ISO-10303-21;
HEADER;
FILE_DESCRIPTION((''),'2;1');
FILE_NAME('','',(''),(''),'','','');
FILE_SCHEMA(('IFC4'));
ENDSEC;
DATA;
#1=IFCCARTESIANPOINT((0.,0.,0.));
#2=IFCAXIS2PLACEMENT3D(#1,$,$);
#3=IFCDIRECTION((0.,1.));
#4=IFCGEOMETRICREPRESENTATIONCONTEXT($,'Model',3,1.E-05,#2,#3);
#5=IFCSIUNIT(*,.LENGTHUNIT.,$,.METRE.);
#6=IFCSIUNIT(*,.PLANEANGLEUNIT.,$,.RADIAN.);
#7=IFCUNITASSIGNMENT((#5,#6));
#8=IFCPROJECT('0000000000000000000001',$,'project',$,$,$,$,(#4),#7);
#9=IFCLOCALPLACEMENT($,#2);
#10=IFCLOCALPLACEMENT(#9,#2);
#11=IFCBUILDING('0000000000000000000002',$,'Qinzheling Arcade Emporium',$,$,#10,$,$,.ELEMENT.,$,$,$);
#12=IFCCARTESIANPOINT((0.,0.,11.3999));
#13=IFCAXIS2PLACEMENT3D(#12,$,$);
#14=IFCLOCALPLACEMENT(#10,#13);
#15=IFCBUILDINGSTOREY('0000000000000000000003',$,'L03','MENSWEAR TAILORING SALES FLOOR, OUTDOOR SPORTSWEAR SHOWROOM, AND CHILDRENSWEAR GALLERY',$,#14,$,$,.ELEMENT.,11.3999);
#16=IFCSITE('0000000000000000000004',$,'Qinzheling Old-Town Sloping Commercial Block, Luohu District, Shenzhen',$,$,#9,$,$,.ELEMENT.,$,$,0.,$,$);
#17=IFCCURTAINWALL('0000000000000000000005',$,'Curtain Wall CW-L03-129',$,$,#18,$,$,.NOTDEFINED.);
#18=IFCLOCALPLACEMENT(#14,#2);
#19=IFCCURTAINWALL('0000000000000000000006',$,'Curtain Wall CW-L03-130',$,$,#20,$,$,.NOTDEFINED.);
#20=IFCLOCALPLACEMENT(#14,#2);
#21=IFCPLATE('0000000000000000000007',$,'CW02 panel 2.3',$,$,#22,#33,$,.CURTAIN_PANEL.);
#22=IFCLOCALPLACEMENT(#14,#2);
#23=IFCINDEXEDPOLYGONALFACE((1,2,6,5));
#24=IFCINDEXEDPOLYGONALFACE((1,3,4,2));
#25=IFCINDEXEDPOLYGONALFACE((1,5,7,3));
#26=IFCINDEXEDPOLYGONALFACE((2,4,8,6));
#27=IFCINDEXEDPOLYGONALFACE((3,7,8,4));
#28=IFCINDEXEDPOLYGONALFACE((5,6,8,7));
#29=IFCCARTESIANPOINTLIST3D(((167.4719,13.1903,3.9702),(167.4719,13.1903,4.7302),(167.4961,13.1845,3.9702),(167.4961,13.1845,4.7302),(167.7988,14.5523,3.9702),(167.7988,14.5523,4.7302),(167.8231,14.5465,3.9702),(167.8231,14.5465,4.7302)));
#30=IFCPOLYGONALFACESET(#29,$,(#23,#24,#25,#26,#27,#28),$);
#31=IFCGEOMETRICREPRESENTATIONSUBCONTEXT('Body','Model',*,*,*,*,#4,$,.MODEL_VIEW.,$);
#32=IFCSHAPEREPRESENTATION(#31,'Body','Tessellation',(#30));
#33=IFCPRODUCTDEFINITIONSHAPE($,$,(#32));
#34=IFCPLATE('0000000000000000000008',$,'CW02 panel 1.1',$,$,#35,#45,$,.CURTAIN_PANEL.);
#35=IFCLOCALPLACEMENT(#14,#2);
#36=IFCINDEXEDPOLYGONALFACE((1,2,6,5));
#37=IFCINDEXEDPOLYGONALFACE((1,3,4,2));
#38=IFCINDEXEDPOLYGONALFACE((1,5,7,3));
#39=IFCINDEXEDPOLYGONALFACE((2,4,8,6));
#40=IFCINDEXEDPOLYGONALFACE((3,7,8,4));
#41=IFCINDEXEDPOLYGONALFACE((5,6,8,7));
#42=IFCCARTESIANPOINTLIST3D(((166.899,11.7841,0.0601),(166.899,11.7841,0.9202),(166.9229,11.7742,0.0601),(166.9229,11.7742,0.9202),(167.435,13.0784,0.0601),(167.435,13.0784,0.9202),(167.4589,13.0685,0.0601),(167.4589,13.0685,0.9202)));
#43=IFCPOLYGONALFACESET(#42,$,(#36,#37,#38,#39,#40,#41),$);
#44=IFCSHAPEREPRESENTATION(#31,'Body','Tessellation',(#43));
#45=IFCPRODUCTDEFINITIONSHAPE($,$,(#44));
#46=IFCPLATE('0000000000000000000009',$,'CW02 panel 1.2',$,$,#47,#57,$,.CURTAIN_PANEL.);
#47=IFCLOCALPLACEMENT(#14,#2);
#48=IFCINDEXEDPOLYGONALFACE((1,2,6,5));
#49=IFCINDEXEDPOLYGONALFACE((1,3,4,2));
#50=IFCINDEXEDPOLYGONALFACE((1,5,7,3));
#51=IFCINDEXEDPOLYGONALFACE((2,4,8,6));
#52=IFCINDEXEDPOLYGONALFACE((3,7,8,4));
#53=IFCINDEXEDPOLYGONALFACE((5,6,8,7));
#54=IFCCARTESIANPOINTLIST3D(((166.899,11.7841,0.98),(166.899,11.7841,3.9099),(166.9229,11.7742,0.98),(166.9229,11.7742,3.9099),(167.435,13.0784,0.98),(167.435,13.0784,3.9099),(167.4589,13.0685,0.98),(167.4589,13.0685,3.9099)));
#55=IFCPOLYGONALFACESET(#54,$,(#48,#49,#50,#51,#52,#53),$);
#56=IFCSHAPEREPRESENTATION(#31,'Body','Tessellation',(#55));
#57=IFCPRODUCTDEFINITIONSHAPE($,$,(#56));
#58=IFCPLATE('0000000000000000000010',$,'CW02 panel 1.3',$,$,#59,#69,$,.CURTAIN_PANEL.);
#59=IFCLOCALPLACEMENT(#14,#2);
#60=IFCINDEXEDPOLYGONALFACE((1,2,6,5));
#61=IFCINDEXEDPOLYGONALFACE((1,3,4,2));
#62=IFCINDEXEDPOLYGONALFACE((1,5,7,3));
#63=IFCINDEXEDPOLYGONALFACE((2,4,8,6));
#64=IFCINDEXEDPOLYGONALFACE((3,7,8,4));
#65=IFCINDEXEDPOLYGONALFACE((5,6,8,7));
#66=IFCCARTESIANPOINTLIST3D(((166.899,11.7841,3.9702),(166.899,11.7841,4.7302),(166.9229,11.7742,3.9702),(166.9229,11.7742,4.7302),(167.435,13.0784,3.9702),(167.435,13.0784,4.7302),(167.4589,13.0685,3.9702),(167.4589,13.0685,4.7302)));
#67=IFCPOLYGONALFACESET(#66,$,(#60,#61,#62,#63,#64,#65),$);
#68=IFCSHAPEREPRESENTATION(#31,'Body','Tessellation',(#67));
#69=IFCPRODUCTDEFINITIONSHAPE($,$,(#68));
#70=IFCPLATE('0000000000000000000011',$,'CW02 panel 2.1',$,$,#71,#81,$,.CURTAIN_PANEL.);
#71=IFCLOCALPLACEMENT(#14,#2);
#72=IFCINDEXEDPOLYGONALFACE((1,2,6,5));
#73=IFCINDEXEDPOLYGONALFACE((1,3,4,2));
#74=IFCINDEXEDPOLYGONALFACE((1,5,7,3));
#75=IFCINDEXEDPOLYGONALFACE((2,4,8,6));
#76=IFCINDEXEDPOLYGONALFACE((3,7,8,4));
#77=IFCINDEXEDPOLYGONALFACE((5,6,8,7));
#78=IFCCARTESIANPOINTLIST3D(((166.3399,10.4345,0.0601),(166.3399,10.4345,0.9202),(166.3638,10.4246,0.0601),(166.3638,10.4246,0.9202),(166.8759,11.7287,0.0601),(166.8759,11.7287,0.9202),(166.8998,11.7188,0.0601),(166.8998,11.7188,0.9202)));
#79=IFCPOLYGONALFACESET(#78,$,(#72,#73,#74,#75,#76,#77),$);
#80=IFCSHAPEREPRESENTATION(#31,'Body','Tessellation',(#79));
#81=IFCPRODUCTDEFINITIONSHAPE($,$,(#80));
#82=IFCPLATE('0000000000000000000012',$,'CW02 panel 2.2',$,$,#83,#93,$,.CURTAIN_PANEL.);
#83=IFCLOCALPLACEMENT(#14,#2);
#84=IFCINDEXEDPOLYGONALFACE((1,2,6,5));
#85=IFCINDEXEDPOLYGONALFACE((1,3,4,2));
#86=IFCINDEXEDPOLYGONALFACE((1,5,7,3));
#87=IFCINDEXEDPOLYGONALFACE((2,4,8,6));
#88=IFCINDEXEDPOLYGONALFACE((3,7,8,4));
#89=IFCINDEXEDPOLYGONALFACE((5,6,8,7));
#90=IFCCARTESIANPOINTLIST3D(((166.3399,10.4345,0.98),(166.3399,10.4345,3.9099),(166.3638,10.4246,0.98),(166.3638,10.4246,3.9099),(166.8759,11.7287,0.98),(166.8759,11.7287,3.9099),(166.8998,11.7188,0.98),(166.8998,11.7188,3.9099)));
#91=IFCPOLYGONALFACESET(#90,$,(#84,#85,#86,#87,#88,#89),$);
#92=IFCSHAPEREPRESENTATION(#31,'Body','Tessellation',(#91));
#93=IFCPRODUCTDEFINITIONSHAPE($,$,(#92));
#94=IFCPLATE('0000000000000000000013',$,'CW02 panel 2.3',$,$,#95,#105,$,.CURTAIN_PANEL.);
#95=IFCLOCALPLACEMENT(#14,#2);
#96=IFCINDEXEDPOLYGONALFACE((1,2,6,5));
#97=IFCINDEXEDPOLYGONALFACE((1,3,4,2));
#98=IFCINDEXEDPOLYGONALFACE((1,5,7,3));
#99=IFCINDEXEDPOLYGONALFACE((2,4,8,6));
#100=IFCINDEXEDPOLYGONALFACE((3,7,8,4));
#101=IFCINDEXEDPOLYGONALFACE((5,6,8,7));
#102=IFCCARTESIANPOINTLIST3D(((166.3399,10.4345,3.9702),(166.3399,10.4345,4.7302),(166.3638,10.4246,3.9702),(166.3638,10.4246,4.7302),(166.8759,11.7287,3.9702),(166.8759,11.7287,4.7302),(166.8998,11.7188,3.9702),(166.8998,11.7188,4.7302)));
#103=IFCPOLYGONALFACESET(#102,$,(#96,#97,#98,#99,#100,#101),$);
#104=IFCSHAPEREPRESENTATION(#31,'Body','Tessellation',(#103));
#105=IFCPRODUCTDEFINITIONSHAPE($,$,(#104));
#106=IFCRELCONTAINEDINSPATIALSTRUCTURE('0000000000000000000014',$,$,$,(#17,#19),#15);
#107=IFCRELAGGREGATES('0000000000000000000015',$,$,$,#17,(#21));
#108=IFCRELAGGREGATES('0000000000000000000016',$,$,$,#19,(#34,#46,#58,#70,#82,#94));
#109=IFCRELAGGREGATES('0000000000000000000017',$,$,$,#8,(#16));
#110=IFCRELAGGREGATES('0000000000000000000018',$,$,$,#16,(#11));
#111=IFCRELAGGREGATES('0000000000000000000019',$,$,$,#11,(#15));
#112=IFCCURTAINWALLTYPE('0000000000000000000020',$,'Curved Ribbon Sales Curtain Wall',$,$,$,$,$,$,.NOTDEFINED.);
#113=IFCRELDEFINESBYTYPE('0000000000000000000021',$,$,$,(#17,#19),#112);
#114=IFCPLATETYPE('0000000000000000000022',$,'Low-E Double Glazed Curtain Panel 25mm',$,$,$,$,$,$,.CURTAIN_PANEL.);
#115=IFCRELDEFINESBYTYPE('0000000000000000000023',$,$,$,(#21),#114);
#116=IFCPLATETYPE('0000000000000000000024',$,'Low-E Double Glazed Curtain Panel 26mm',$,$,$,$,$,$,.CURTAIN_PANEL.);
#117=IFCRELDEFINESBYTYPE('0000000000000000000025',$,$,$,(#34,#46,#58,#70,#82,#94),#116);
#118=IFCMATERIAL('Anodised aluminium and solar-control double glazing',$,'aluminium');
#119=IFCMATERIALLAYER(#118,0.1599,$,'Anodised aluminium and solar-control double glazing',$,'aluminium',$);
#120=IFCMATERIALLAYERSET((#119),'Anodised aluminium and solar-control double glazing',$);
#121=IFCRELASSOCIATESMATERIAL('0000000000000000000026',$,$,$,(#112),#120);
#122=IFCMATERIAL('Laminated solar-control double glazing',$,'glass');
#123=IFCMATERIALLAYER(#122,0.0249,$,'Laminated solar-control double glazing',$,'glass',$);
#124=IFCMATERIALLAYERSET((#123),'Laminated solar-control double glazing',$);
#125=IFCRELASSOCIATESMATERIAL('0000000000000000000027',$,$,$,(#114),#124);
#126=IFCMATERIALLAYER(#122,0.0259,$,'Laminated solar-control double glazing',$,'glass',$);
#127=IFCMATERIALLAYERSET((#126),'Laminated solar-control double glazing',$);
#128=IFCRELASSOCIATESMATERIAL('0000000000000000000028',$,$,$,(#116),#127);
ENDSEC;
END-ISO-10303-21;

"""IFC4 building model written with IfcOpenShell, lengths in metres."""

from ifc_helpers import new_model, si_unit, direction, frame, origin, origin_2d, place, context, subcontext, project, spatial, rectangle, extrude, material, layer, layer_set, type_object, element, aggregate, save


model = new_model("IFC4")

# Units and contexts
model_context = context("Model", 3, precision=1e-05, world=origin(), true_north=direction((0.0, 1.0)))
body_context = subcontext(model_context, "Body", "Model", "MODEL_VIEW")
ifc_project = project(units=[si_unit("LENGTHUNIT", "METRE"), si_unit("PLANEANGLEUNIT", "RADIAN")], contexts=[model_context])

# Site, building, storey
site_placement = place(None, origin())
site = spatial("IfcSite", under=ifc_project, at=site_placement, Name="Qinzheling Old-Town Sloping Commercial Block, Luohu District, Shenzhen", CompositionType="ELEMENT", RefElevation=0.0)
building_placement = place(site_placement, origin())
building = spatial("IfcBuilding", under=site, at=building_placement, Name="Qinzheling Arcade Emporium", CompositionType="ELEMENT")
storey_placement = place(building_placement, frame((0.0, 0.0, 11.3999)))
storey = spatial("IfcBuildingStorey", under=building, at=storey_placement, Name="L03", Description="MENSWEAR TAILORING SALES FLOOR, OUTDOOR SPORTSWEAR SHOWROOM, AND CHILDRENSWEAR GALLERY", CompositionType="ELEMENT", Elevation=11.3999)

# Shared definitions
ifc_material_1 = material(Name="Anodised aluminium and solar-control double glazing", Category="aluminium")

# Curtain walls
ifc_layer_1 = layer(ifc_material_1, 0.1599, Name="Anodised aluminium and solar-control double glazing", Category="aluminium")
ifc_layer_set_1 = layer_set([ifc_layer_1], Name="Anodised aluminium and solar-control double glazing")
curtain_wall_type_1 = type_object("IfcCurtainWallType", Name="Curved Ribbon Sales Curtain Wall", PredefinedType="NOTDEFINED", material=ifc_layer_set_1)
curtain_wall_1_placement = place(storey_placement, origin())
curtain_wall_1 = element("IfcCurtainWall", 1, at=curtain_wall_1_placement, inside=storey, type_object=curtain_wall_type_1, Name="Curtain Wall CW-L03-129", PredefinedType="NOTDEFINED")
curtain_wall_2_placement = place(storey_placement, origin())
curtain_wall_2 = element("IfcCurtainWall", 2, at=curtain_wall_2_placement, inside=storey, type_object=curtain_wall_type_1, Name="Curtain Wall CW-L03-130", PredefinedType="NOTDEFINED")

# Plates
ifc_material_2 = material(Name="Laminated solar-control double glazing", Category="glass")
ifc_layer_2 = layer(ifc_material_2, 0.0249, Name="Laminated solar-control double glazing", Category="glass")
ifc_layer_set_2 = layer_set([ifc_layer_2], Name="Laminated solar-control double glazing")
plate_type_1 = type_object("IfcPlateType", Name="Low-E Double Glazed Curtain Panel 25mm", PredefinedType="CURTAIN_PANEL", material=ifc_layer_set_2)
plate_1_placement = place(storey_placement, frame((167.6475, 13.8684, 3.9702), z_axis=(0.0, 0.0, 1.0), x_axis=(-0.233449, -0.972369, 0.0)))
plate_1 = element("IfcPlate", 3, at=plate_1_placement, type_object=plate_type_1, Name="CW02 panel 2.3", PredefinedType="CURTAIN_PANEL", context=body_context, shape_type="SweptSolid", body=[
    extrude(rectangle(XDim=1.4006, YDim=0.0249, at=origin_2d()), origin(), (0.0, 0.0, 1.0), 0.76),
])
aggregate(curtain_wall_1, [plate_1])
ifc_layer_3 = layer(ifc_material_2, 0.0259, Name="Laminated solar-control double glazing", Category="glass")
ifc_layer_set_3 = layer_set([ifc_layer_3], Name="Laminated solar-control double glazing")
plate_type_2 = type_object("IfcPlateType", Name="Low-E Double Glazed Curtain Panel 26mm", PredefinedType="CURTAIN_PANEL", material=ifc_layer_set_3)
plate_2_placement = place(storey_placement, frame((167.179, 12.4263, 0.0601), z_axis=(0.0, 0.0, 1.0), x_axis=(-0.382638, -0.923898, 0.0)))
plate_2 = element("IfcPlate", 4, at=plate_2_placement, type_object=plate_type_2, Name="CW02 panel 1.1", PredefinedType="CURTAIN_PANEL", context=body_context, shape_type="SweptSolid", body=[
    extrude(rectangle(XDim=1.4009, YDim=0.0259, at=origin_2d()), origin(), (0.0, 0.0, 1.0), 0.8601),
])
plate_3_placement = place(storey_placement, frame((167.179, 12.4263, 0.98), z_axis=(0.0, 0.0, 1.0), x_axis=(-0.382638, -0.923898, 0.0)))
plate_3 = element("IfcPlate", 5, at=plate_3_placement, type_object=plate_type_2, Name="CW02 panel 1.2", PredefinedType="CURTAIN_PANEL", context=body_context, shape_type="SweptSolid", body=[
    extrude(rectangle(XDim=1.4009, YDim=0.0259, at=origin_2d()), origin(), (0.0, 0.0, 1.0), 2.9299),
])
plate_4_placement = place(storey_placement, frame((167.179, 12.4263, 3.9702), z_axis=(0.0, 0.0, 1.0), x_axis=(-0.382638, -0.923898, 0.0)))
plate_4 = element("IfcPlate", 6, at=plate_4_placement, type_object=plate_type_2, Name="CW02 panel 1.3", PredefinedType="CURTAIN_PANEL", context=body_context, shape_type="SweptSolid", body=[
    extrude(rectangle(XDim=1.4009, YDim=0.0259, at=origin_2d()), origin(), (0.0, 0.0, 1.0), 0.76),
])
plate_5_placement = place(storey_placement, frame((166.6199, 11.0767, 0.0601), z_axis=(0.0, 0.0, 1.0), x_axis=(-0.382638, -0.923898, 0.0)))
plate_5 = element("IfcPlate", 7, at=plate_5_placement, type_object=plate_type_2, Name="CW02 panel 2.1", PredefinedType="CURTAIN_PANEL", context=body_context, shape_type="SweptSolid", body=[
    extrude(rectangle(XDim=1.4009, YDim=0.0259, at=origin_2d()), origin(), (0.0, 0.0, 1.0), 0.8601),
])
plate_6_placement = place(storey_placement, frame((166.6199, 11.0767, 0.98), z_axis=(0.0, 0.0, 1.0), x_axis=(-0.382638, -0.923898, 0.0)))
plate_6 = element("IfcPlate", 8, at=plate_6_placement, type_object=plate_type_2, Name="CW02 panel 2.2", PredefinedType="CURTAIN_PANEL", context=body_context, shape_type="SweptSolid", body=[
    extrude(rectangle(XDim=1.4009, YDim=0.0259, at=origin_2d()), origin(), (0.0, 0.0, 1.0), 2.9299),
])
plate_7_placement = place(storey_placement, frame((166.6199, 11.0767, 3.9702), z_axis=(0.0, 0.0, 1.0), x_axis=(-0.382638, -0.923898, 0.0)))
plate_7 = element("IfcPlate", 9, at=plate_7_placement, type_object=plate_type_2, Name="CW02 panel 2.3", PredefinedType="CURTAIN_PANEL", context=body_context, shape_type="SweptSolid", body=[
    extrude(rectangle(XDim=1.4009, YDim=0.0259, at=origin_2d()), origin(), (0.0, 0.0, 1.0), 0.76),
])
aggregate(curtain_wall_2, [plate_2, plate_3, plate_4, plate_5, plate_6, plate_7])

save(model, "model.ifc")
